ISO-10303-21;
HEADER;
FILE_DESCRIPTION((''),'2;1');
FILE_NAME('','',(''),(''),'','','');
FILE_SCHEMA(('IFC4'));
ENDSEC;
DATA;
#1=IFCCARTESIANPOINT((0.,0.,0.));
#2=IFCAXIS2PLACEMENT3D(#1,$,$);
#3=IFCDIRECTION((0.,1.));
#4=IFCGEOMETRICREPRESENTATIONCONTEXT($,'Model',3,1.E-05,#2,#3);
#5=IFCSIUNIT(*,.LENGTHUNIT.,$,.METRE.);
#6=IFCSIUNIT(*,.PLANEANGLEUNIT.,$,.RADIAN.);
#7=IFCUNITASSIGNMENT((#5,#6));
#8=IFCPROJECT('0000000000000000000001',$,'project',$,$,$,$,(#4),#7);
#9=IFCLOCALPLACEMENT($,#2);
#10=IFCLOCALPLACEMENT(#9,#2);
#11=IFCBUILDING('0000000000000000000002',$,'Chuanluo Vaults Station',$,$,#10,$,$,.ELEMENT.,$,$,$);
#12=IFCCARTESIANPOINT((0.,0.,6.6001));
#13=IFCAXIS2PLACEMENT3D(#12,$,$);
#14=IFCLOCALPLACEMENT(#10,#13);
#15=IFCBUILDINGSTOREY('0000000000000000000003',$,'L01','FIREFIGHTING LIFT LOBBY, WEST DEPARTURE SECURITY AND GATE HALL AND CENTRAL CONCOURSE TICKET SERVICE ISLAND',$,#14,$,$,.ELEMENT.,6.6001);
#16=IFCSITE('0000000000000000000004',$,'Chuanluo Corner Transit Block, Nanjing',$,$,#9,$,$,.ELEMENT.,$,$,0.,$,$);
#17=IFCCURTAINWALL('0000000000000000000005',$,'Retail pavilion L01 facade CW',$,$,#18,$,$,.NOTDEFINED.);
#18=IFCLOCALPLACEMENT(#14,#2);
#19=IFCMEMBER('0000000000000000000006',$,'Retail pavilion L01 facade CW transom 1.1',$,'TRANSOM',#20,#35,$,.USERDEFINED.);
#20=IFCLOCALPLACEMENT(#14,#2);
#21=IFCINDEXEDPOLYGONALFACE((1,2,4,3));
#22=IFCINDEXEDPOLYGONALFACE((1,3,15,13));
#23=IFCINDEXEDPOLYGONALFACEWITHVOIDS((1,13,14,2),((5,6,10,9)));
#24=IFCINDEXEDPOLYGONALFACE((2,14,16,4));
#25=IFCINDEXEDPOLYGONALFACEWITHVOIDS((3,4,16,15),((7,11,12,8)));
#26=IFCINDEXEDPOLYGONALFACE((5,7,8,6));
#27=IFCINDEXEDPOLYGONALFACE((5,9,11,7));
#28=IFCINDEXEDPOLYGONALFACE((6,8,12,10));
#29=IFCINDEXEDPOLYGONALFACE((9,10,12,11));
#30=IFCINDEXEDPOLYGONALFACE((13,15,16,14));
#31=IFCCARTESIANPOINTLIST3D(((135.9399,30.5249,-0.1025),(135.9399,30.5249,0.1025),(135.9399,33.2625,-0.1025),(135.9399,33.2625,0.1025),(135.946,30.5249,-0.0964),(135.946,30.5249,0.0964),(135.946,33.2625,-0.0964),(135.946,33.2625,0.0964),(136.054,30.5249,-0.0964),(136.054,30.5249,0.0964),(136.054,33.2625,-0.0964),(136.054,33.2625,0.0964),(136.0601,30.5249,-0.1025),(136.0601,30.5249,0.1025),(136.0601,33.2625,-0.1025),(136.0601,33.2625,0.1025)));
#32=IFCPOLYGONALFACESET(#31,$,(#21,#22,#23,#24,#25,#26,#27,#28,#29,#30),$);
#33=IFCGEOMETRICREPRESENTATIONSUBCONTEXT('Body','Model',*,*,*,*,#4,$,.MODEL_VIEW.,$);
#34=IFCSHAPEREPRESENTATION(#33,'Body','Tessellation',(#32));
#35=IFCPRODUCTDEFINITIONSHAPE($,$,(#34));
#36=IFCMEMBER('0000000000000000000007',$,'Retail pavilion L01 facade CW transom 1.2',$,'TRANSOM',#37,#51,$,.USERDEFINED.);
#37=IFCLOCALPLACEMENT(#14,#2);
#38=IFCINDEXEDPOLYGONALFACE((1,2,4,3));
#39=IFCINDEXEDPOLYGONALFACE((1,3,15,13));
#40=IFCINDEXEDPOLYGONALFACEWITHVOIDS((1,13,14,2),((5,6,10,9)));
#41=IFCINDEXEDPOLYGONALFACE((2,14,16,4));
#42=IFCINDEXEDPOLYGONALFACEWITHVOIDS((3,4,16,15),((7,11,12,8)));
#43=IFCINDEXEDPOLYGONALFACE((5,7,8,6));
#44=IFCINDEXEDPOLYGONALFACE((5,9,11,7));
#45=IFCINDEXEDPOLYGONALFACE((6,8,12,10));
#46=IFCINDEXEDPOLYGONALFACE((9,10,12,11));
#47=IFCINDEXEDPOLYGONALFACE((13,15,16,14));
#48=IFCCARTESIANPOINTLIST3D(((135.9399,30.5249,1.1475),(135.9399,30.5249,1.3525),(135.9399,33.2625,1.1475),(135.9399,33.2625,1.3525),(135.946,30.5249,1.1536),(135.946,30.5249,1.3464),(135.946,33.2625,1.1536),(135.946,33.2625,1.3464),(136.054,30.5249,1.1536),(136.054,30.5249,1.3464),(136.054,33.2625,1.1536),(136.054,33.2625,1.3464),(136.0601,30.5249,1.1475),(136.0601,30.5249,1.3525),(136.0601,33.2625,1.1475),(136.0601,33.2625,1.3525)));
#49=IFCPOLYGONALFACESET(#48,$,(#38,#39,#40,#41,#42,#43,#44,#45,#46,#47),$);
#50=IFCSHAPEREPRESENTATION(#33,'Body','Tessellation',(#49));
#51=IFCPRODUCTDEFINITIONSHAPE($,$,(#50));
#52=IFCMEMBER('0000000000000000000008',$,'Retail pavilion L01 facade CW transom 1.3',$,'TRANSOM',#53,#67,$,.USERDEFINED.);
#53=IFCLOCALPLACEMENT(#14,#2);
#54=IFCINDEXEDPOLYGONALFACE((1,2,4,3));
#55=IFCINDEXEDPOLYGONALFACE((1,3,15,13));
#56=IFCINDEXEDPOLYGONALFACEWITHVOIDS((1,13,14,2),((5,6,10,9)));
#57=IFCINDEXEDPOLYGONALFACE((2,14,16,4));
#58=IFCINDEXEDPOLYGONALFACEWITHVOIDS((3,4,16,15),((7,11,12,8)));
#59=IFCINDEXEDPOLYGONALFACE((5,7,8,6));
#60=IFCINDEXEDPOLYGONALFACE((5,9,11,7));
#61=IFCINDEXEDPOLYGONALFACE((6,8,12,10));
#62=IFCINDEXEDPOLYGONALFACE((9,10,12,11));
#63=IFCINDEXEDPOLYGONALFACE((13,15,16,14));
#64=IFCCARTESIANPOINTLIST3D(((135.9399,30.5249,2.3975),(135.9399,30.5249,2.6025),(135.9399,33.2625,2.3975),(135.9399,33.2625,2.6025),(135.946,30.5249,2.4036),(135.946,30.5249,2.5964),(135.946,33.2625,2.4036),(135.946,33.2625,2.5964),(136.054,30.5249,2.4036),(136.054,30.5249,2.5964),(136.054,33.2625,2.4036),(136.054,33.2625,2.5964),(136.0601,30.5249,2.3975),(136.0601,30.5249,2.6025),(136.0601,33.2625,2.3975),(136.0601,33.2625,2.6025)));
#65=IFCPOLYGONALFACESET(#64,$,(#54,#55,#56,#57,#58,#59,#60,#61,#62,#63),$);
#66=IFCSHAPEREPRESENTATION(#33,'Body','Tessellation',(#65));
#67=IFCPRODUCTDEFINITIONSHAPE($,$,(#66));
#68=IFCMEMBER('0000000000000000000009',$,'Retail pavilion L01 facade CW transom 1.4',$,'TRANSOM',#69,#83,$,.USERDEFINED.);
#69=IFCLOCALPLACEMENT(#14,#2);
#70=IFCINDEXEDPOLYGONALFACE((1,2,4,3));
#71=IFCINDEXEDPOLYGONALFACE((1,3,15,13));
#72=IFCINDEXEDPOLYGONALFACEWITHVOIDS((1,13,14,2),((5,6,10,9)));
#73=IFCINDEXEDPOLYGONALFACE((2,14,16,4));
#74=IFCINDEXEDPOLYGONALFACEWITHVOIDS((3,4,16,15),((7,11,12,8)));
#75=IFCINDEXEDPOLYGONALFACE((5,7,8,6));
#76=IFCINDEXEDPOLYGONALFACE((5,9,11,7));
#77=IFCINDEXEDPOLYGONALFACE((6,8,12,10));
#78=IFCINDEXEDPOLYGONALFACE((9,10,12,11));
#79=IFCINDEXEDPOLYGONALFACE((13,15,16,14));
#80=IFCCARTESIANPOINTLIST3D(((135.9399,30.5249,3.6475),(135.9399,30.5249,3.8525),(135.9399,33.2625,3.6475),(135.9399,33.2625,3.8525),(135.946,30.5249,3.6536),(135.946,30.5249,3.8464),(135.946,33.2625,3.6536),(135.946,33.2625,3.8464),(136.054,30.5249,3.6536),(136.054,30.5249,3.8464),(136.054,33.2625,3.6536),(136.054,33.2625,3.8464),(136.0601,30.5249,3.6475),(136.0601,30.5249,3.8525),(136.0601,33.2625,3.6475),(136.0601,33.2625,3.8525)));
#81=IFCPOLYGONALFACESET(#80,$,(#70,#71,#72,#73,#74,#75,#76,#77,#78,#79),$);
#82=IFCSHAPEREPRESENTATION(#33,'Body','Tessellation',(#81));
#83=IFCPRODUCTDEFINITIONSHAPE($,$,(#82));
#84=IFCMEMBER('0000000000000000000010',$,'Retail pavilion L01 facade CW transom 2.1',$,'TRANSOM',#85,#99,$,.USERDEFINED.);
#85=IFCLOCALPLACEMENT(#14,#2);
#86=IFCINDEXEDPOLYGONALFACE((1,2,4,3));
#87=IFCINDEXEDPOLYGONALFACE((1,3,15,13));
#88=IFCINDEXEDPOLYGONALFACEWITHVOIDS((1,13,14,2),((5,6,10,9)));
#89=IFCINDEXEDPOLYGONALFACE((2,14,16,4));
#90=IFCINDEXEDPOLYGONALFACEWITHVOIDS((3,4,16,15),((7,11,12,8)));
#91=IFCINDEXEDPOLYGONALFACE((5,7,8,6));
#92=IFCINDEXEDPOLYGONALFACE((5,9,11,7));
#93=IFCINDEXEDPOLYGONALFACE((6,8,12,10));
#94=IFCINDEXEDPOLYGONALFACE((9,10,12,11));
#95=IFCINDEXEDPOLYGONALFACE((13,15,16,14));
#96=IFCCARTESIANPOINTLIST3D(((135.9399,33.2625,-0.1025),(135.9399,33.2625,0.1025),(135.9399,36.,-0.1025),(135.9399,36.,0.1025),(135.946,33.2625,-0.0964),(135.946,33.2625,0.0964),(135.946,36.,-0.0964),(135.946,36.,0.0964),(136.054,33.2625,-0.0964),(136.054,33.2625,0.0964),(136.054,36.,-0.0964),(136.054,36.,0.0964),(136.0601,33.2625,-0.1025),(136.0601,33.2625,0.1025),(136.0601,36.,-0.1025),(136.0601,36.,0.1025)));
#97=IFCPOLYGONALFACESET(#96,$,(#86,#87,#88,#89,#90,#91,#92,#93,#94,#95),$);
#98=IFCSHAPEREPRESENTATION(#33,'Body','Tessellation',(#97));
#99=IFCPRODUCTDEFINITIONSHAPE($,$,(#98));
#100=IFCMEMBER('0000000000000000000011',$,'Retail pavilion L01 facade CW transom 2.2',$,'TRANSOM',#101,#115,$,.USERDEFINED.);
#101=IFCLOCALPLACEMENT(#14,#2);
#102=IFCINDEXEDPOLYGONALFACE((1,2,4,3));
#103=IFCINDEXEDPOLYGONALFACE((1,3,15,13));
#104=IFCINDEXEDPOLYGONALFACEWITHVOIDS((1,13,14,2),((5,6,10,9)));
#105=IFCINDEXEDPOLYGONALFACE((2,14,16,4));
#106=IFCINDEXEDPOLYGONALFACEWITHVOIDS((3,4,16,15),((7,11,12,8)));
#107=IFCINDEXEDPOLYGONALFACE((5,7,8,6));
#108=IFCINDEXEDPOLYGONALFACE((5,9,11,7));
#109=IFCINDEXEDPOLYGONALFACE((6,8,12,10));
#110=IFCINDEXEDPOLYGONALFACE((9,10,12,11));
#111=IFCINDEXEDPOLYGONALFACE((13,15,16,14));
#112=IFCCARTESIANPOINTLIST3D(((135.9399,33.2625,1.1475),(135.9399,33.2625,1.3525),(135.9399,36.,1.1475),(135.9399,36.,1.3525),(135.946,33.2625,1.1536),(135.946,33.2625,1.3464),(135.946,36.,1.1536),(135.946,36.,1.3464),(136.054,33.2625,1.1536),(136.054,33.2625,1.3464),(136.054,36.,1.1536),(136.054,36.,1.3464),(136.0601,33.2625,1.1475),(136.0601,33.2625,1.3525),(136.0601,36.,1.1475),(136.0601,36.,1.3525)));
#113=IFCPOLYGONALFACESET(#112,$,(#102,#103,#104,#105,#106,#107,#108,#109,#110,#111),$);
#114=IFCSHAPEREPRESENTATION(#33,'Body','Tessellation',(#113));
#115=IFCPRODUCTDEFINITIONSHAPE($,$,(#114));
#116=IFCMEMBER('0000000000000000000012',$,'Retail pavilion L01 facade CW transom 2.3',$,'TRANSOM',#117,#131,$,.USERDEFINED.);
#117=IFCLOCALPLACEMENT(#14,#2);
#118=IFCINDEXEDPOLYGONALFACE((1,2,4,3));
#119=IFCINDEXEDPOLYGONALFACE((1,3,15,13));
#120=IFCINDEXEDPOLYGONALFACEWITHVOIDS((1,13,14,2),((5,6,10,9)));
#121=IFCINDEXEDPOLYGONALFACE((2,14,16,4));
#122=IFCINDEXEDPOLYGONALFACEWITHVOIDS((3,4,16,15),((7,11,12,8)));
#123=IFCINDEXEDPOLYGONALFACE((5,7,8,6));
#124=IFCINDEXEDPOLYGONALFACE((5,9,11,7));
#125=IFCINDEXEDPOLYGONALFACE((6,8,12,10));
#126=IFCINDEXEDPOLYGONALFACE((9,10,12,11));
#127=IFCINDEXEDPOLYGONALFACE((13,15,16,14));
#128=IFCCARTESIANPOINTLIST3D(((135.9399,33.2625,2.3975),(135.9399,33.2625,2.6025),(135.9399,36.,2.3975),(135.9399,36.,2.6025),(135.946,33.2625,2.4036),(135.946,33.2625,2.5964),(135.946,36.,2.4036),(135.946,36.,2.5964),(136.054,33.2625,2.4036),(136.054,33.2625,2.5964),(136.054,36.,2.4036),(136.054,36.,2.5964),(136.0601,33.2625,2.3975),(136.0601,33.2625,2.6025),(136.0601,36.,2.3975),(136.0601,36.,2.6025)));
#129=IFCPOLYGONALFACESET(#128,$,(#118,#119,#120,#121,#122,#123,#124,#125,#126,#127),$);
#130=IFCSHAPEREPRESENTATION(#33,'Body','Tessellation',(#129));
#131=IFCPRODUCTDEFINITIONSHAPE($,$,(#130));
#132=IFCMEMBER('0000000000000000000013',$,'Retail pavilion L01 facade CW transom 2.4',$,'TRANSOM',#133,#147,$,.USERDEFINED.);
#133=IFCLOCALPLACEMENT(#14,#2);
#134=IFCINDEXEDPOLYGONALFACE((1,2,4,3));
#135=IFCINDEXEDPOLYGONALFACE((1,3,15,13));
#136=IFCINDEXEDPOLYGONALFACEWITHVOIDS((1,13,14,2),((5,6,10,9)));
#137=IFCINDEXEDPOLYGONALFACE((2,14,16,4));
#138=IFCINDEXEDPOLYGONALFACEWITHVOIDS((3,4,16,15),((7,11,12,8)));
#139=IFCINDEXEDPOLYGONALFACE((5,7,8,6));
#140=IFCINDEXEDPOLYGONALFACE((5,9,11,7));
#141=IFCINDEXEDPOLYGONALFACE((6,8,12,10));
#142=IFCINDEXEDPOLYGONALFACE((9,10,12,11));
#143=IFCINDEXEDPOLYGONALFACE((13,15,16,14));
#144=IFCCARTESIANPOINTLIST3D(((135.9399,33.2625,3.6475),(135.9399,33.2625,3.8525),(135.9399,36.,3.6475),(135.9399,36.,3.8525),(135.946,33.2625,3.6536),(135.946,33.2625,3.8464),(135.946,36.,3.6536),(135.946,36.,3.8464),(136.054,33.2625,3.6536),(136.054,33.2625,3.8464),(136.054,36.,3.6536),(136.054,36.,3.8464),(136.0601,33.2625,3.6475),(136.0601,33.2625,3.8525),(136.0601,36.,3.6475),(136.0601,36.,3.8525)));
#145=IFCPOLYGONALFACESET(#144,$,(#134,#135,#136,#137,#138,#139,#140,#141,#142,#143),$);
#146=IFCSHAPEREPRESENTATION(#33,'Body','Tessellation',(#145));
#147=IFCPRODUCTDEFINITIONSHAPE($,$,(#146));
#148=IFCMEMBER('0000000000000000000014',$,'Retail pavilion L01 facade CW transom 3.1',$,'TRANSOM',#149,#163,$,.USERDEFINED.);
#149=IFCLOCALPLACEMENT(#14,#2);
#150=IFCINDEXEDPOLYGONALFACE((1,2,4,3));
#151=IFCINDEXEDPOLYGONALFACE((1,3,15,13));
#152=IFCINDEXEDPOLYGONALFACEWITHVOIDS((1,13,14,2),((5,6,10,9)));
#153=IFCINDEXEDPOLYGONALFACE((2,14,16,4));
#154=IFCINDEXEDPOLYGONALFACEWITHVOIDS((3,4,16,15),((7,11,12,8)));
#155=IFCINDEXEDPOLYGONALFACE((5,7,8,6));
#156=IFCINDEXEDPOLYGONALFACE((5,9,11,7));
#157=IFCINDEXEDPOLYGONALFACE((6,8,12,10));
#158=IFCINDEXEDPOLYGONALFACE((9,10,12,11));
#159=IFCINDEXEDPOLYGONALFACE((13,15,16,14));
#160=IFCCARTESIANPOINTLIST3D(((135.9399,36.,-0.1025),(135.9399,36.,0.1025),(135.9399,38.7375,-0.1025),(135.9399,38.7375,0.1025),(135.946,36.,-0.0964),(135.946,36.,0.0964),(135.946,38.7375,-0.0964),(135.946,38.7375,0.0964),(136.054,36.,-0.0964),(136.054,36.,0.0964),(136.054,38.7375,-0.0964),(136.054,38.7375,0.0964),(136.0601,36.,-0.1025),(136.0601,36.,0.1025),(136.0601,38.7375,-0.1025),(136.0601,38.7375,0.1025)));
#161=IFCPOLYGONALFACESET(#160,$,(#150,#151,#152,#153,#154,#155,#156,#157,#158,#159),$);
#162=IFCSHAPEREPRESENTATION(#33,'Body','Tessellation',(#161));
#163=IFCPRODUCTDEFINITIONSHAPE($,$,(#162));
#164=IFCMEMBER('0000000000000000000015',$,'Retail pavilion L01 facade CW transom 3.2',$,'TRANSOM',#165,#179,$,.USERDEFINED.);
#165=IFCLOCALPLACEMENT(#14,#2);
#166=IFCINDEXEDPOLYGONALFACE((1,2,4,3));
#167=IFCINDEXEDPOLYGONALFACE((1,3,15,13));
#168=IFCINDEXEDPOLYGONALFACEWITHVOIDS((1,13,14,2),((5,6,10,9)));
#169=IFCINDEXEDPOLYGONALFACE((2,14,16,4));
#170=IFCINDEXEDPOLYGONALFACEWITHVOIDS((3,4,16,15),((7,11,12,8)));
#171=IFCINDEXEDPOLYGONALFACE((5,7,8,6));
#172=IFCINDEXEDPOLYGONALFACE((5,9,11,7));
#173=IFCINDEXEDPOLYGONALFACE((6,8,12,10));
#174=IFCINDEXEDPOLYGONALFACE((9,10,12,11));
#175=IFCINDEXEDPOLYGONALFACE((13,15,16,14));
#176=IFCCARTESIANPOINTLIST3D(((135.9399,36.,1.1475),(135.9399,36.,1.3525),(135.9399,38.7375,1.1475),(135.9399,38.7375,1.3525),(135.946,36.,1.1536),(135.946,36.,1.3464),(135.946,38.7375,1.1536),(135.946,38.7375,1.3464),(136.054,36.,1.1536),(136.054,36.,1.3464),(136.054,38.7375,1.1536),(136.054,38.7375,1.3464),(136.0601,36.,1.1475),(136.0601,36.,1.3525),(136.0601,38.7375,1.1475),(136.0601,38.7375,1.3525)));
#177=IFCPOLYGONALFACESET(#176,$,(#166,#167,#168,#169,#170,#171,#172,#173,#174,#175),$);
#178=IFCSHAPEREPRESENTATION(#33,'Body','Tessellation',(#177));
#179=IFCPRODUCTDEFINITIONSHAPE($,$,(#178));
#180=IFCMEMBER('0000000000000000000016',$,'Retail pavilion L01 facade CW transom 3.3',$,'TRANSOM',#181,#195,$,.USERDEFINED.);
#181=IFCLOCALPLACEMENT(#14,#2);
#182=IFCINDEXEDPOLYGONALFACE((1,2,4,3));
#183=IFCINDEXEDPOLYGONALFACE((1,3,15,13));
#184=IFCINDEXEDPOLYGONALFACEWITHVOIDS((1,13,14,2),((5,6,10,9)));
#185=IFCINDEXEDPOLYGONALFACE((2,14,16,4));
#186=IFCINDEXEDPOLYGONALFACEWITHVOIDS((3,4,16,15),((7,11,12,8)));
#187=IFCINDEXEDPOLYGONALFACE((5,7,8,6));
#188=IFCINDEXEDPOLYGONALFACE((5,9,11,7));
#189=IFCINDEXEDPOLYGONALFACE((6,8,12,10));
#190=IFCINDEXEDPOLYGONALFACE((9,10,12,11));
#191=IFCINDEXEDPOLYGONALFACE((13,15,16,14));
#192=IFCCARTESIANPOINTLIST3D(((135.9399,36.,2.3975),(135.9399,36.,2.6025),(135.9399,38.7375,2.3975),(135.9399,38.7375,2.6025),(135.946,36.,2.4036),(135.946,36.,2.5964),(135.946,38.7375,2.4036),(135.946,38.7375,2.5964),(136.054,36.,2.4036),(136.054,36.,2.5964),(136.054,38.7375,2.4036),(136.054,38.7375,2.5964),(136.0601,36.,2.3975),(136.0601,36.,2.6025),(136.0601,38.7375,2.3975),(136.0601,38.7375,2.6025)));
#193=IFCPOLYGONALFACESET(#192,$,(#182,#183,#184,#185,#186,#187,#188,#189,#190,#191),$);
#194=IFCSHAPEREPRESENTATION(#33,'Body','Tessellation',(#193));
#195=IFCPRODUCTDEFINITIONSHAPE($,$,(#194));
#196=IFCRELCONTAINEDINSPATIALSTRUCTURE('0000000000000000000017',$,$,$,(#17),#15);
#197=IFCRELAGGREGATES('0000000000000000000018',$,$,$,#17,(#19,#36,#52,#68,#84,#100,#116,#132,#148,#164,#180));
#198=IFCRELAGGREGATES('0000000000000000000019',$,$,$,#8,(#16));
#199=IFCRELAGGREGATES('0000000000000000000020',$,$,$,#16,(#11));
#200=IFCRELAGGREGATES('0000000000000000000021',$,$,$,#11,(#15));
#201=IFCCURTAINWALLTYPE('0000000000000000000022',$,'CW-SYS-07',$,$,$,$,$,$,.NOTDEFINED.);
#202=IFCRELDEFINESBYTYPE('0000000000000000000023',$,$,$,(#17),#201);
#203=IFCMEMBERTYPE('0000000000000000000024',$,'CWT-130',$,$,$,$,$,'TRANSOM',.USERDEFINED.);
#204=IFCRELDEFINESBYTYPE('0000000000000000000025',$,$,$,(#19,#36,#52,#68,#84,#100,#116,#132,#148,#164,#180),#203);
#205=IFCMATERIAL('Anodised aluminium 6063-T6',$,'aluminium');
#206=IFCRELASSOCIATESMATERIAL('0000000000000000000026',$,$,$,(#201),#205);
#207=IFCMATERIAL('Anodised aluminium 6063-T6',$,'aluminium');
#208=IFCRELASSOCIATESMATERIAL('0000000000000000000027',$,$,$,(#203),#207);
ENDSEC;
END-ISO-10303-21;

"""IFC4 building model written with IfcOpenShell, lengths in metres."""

from ifc_helpers import new_model, si_unit, direction, frame, origin, origin_2d, place, context, subcontext, project, spatial, hollow_rectangle, extrude, material, material_profile, profile_set, type_object, element, aggregate, save


model = new_model("IFC4")

# Units and contexts
model_context = context("Model", 3, precision=1e-05, world=origin(), true_north=direction((0.0, 1.0)))
body_context = subcontext(model_context, "Body", "Model", "MODEL_VIEW")
ifc_project = project(units=[si_unit("LENGTHUNIT", "METRE"), si_unit("PLANEANGLEUNIT", "RADIAN")], contexts=[model_context])

# Site, building, storey
site_placement = place(None, origin())
site = spatial("IfcSite", under=ifc_project, at=site_placement, Name="Chuanluo Corner Transit Block, Nanjing", CompositionType="ELEMENT", RefElevation=0.0)
building_placement = place(site_placement, origin())
building = spatial("IfcBuilding", under=site, at=building_placement, Name="Chuanluo Vaults Station", CompositionType="ELEMENT")
storey_placement = place(building_placement, frame((0.0, 0.0, 6.6001)))
storey = spatial("IfcBuildingStorey", under=building, at=storey_placement, Name="L01", Description="FIREFIGHTING LIFT LOBBY, WEST DEPARTURE SECURITY AND GATE HALL AND CENTRAL CONCOURSE TICKET SERVICE ISLAND", CompositionType="ELEMENT", Elevation=6.6001)

# Curtain wall, members
ifc_material_1 = material(Name="Anodised aluminium 6063-T6", Category="aluminium")
curtain_wall_type = type_object("IfcCurtainWallType", Name="CW-SYS-07", PredefinedType="NOTDEFINED", material=ifc_material_1)
curtain_wall_placement = place(storey_placement, origin())
curtain_wall = element("IfcCurtainWall", 1, at=curtain_wall_placement, inside=storey, type_object=curtain_wall_type, Name="Retail pavilion L01 facade CW", PredefinedType="NOTDEFINED")
ifc_material_2 = material(Name="Anodised aluminium 6063-T6", Category="aluminium")
ifc_material_profile_1 = material_profile(ifc_material_2, hollow_rectangle(XDim=0.1201, YDim=0.2051, WallThickness=0.0061, at=origin_2d()))
ifc_profile_set_1 = profile_set([ifc_material_profile_1], Name="Anodised aluminium 6063-T6")
member_type_1 = type_object("IfcMemberType", Name="CWT-130", ElementType="TRANSOM", PredefinedType="USERDEFINED", material=ifc_profile_set_1)
member_1_placement = place(storey_placement, frame((136.0, 30.5249, 0.0), z_axis=(0.0, 1.0, 0.0), x_axis=(-1.0, 0.0, 0.0)))
member_1 = element("IfcMember", 2, at=member_1_placement, type_object=member_type_1, Name="Retail pavilion L01 facade CW transom 1.1", ObjectType="TRANSOM", PredefinedType="USERDEFINED", context=body_context, shape_type="SweptSolid", body=[
    extrude(hollow_rectangle(XDim=0.1201, YDim=0.2051, WallThickness=0.0061, at=origin_2d()), origin(), (0.0, 0.0, 1.0), 2.7375),
])
member_2_placement = place(storey_placement, frame((136.0, 30.5249, 1.25), z_axis=(0.0, 1.0, 0.0), x_axis=(-1.0, 0.0, 0.0)))
member_2 = element("IfcMember", 3, at=member_2_placement, type_object=member_type_1, Name="Retail pavilion L01 facade CW transom 1.2", ObjectType="TRANSOM", PredefinedType="USERDEFINED", context=body_context, shape_type="SweptSolid", body=[
    extrude(hollow_rectangle(XDim=0.1201, YDim=0.2051, WallThickness=0.0061, at=origin_2d()), origin(), (0.0, 0.0, 1.0), 2.7375),
])
member_3_placement = place(storey_placement, frame((136.0, 30.5249, 2.5), z_axis=(0.0, 1.0, 0.0), x_axis=(-1.0, 0.0, 0.0)))
member_3 = element("IfcMember", 4, at=member_3_placement, type_object=member_type_1, Name="Retail pavilion L01 facade CW transom 1.3", ObjectType="TRANSOM", PredefinedType="USERDEFINED", context=body_context, shape_type="SweptSolid", body=[
    extrude(hollow_rectangle(XDim=0.1201, YDim=0.2051, WallThickness=0.0061, at=origin_2d()), origin(), (0.0, 0.0, 1.0), 2.7375),
])
member_4_placement = place(storey_placement, frame((136.0, 30.5249, 3.75), z_axis=(0.0, 1.0, 0.0), x_axis=(-1.0, 0.0, 0.0)))
member_4 = element("IfcMember", 5, at=member_4_placement, type_object=member_type_1, Name="Retail pavilion L01 facade CW transom 1.4", ObjectType="TRANSOM", PredefinedType="USERDEFINED", context=body_context, shape_type="SweptSolid", body=[
    extrude(hollow_rectangle(XDim=0.1201, YDim=0.2051, WallThickness=0.0061, at=origin_2d()), origin(), (0.0, 0.0, 1.0), 2.7375),
])
member_5_placement = place(storey_placement, frame((136.0, 33.2625, 0.0), z_axis=(0.0, 1.0, 0.0), x_axis=(-1.0, 0.0, 0.0)))
member_5 = element("IfcMember", 6, at=member_5_placement, type_object=member_type_1, Name="Retail pavilion L01 facade CW transom 2.1", ObjectType="TRANSOM", PredefinedType="USERDEFINED", context=body_context, shape_type="SweptSolid", body=[
    extrude(hollow_rectangle(XDim=0.1201, YDim=0.2051, WallThickness=0.0061, at=origin_2d()), origin(), (0.0, 0.0, 1.0), 2.7375),
])
member_6_placement = place(storey_placement, frame((136.0, 33.2625, 1.25), z_axis=(0.0, 1.0, 0.0), x_axis=(-1.0, 0.0, 0.0)))
member_6 = element("IfcMember", 7, at=member_6_placement, type_object=member_type_1, Name="Retail pavilion L01 facade CW transom 2.2", ObjectType="TRANSOM", PredefinedType="USERDEFINED", context=body_context, shape_type="SweptSolid", body=[
    extrude(hollow_rectangle(XDim=0.1201, YDim=0.2051, WallThickness=0.0061, at=origin_2d()), origin(), (0.0, 0.0, 1.0), 2.7375),
])
member_7_placement = place(storey_placement, frame((136.0, 33.2625, 2.5), z_axis=(0.0, 1.0, 0.0), x_axis=(-1.0, 0.0, 0.0)))
member_7 = element("IfcMember", 8, at=member_7_placement, type_object=member_type_1, Name="Retail pavilion L01 facade CW transom 2.3", ObjectType="TRANSOM", PredefinedType="USERDEFINED", context=body_context, shape_type="SweptSolid", body=[
    extrude(hollow_rectangle(XDim=0.1201, YDim=0.2051, WallThickness=0.0061, at=origin_2d()), origin(), (0.0, 0.0, 1.0), 2.7375),
])
member_8_placement = place(storey_placement, frame((136.0, 33.2625, 3.75), z_axis=(0.0, 1.0, 0.0), x_axis=(-1.0, 0.0, 0.0)))
member_8 = element("IfcMember", 9, at=member_8_placement, type_object=member_type_1, Name="Retail pavilion L01 facade CW transom 2.4", ObjectType="TRANSOM", PredefinedType="USERDEFINED", context=body_context, shape_type="SweptSolid", body=[
    extrude(hollow_rectangle(XDim=0.1201, YDim=0.2051, WallThickness=0.0061, at=origin_2d()), origin(), (0.0, 0.0, 1.0), 2.7375),
])
member_9_placement = place(storey_placement, frame((136.0, 36.0, 0.0), z_axis=(0.0, 1.0, 0.0), x_axis=(-1.0, 0.0, 0.0)))
member_9 = element("IfcMember", 10, at=member_9_placement, type_object=member_type_1, Name="Retail pavilion L01 facade CW transom 3.1", ObjectType="TRANSOM", PredefinedType="USERDEFINED", context=body_context, shape_type="SweptSolid", body=[
    extrude(hollow_rectangle(XDim=0.1201, YDim=0.2051, WallThickness=0.0061, at=origin_2d()), origin(), (0.0, 0.0, 1.0), 2.7375),
])
member_10_placement = place(storey_placement, frame((136.0, 36.0, 1.25), z_axis=(0.0, 1.0, 0.0), x_axis=(-1.0, 0.0, 0.0)))
member_10 = element("IfcMember", 11, at=member_10_placement, type_object=member_type_1, Name="Retail pavilion L01 facade CW transom 3.2", ObjectType="TRANSOM", PredefinedType="USERDEFINED", context=body_context, shape_type="SweptSolid", body=[
    extrude(hollow_rectangle(XDim=0.1201, YDim=0.2051, WallThickness=0.0061, at=origin_2d()), origin(), (0.0, 0.0, 1.0), 2.7375),
])
member_11_placement = place(storey_placement, frame((136.0, 36.0, 2.5), z_axis=(0.0, 1.0, 0.0), x_axis=(-1.0, 0.0, 0.0)))
member_11 = element("IfcMember", 12, at=member_11_placement, type_object=member_type_1, Name="Retail pavilion L01 facade CW transom 3.3", ObjectType="TRANSOM", PredefinedType="USERDEFINED", context=body_context, shape_type="SweptSolid", body=[
    extrude(hollow_rectangle(XDim=0.1201, YDim=0.2051, WallThickness=0.0061, at=origin_2d()), origin(), (0.0, 0.0, 1.0), 2.7375),
])

aggregate(curtain_wall, [member_1, member_2, member_3, member_4, member_5, member_6, member_7, member_8, member_9, member_10, member_11])

save(model, "model.ifc")
